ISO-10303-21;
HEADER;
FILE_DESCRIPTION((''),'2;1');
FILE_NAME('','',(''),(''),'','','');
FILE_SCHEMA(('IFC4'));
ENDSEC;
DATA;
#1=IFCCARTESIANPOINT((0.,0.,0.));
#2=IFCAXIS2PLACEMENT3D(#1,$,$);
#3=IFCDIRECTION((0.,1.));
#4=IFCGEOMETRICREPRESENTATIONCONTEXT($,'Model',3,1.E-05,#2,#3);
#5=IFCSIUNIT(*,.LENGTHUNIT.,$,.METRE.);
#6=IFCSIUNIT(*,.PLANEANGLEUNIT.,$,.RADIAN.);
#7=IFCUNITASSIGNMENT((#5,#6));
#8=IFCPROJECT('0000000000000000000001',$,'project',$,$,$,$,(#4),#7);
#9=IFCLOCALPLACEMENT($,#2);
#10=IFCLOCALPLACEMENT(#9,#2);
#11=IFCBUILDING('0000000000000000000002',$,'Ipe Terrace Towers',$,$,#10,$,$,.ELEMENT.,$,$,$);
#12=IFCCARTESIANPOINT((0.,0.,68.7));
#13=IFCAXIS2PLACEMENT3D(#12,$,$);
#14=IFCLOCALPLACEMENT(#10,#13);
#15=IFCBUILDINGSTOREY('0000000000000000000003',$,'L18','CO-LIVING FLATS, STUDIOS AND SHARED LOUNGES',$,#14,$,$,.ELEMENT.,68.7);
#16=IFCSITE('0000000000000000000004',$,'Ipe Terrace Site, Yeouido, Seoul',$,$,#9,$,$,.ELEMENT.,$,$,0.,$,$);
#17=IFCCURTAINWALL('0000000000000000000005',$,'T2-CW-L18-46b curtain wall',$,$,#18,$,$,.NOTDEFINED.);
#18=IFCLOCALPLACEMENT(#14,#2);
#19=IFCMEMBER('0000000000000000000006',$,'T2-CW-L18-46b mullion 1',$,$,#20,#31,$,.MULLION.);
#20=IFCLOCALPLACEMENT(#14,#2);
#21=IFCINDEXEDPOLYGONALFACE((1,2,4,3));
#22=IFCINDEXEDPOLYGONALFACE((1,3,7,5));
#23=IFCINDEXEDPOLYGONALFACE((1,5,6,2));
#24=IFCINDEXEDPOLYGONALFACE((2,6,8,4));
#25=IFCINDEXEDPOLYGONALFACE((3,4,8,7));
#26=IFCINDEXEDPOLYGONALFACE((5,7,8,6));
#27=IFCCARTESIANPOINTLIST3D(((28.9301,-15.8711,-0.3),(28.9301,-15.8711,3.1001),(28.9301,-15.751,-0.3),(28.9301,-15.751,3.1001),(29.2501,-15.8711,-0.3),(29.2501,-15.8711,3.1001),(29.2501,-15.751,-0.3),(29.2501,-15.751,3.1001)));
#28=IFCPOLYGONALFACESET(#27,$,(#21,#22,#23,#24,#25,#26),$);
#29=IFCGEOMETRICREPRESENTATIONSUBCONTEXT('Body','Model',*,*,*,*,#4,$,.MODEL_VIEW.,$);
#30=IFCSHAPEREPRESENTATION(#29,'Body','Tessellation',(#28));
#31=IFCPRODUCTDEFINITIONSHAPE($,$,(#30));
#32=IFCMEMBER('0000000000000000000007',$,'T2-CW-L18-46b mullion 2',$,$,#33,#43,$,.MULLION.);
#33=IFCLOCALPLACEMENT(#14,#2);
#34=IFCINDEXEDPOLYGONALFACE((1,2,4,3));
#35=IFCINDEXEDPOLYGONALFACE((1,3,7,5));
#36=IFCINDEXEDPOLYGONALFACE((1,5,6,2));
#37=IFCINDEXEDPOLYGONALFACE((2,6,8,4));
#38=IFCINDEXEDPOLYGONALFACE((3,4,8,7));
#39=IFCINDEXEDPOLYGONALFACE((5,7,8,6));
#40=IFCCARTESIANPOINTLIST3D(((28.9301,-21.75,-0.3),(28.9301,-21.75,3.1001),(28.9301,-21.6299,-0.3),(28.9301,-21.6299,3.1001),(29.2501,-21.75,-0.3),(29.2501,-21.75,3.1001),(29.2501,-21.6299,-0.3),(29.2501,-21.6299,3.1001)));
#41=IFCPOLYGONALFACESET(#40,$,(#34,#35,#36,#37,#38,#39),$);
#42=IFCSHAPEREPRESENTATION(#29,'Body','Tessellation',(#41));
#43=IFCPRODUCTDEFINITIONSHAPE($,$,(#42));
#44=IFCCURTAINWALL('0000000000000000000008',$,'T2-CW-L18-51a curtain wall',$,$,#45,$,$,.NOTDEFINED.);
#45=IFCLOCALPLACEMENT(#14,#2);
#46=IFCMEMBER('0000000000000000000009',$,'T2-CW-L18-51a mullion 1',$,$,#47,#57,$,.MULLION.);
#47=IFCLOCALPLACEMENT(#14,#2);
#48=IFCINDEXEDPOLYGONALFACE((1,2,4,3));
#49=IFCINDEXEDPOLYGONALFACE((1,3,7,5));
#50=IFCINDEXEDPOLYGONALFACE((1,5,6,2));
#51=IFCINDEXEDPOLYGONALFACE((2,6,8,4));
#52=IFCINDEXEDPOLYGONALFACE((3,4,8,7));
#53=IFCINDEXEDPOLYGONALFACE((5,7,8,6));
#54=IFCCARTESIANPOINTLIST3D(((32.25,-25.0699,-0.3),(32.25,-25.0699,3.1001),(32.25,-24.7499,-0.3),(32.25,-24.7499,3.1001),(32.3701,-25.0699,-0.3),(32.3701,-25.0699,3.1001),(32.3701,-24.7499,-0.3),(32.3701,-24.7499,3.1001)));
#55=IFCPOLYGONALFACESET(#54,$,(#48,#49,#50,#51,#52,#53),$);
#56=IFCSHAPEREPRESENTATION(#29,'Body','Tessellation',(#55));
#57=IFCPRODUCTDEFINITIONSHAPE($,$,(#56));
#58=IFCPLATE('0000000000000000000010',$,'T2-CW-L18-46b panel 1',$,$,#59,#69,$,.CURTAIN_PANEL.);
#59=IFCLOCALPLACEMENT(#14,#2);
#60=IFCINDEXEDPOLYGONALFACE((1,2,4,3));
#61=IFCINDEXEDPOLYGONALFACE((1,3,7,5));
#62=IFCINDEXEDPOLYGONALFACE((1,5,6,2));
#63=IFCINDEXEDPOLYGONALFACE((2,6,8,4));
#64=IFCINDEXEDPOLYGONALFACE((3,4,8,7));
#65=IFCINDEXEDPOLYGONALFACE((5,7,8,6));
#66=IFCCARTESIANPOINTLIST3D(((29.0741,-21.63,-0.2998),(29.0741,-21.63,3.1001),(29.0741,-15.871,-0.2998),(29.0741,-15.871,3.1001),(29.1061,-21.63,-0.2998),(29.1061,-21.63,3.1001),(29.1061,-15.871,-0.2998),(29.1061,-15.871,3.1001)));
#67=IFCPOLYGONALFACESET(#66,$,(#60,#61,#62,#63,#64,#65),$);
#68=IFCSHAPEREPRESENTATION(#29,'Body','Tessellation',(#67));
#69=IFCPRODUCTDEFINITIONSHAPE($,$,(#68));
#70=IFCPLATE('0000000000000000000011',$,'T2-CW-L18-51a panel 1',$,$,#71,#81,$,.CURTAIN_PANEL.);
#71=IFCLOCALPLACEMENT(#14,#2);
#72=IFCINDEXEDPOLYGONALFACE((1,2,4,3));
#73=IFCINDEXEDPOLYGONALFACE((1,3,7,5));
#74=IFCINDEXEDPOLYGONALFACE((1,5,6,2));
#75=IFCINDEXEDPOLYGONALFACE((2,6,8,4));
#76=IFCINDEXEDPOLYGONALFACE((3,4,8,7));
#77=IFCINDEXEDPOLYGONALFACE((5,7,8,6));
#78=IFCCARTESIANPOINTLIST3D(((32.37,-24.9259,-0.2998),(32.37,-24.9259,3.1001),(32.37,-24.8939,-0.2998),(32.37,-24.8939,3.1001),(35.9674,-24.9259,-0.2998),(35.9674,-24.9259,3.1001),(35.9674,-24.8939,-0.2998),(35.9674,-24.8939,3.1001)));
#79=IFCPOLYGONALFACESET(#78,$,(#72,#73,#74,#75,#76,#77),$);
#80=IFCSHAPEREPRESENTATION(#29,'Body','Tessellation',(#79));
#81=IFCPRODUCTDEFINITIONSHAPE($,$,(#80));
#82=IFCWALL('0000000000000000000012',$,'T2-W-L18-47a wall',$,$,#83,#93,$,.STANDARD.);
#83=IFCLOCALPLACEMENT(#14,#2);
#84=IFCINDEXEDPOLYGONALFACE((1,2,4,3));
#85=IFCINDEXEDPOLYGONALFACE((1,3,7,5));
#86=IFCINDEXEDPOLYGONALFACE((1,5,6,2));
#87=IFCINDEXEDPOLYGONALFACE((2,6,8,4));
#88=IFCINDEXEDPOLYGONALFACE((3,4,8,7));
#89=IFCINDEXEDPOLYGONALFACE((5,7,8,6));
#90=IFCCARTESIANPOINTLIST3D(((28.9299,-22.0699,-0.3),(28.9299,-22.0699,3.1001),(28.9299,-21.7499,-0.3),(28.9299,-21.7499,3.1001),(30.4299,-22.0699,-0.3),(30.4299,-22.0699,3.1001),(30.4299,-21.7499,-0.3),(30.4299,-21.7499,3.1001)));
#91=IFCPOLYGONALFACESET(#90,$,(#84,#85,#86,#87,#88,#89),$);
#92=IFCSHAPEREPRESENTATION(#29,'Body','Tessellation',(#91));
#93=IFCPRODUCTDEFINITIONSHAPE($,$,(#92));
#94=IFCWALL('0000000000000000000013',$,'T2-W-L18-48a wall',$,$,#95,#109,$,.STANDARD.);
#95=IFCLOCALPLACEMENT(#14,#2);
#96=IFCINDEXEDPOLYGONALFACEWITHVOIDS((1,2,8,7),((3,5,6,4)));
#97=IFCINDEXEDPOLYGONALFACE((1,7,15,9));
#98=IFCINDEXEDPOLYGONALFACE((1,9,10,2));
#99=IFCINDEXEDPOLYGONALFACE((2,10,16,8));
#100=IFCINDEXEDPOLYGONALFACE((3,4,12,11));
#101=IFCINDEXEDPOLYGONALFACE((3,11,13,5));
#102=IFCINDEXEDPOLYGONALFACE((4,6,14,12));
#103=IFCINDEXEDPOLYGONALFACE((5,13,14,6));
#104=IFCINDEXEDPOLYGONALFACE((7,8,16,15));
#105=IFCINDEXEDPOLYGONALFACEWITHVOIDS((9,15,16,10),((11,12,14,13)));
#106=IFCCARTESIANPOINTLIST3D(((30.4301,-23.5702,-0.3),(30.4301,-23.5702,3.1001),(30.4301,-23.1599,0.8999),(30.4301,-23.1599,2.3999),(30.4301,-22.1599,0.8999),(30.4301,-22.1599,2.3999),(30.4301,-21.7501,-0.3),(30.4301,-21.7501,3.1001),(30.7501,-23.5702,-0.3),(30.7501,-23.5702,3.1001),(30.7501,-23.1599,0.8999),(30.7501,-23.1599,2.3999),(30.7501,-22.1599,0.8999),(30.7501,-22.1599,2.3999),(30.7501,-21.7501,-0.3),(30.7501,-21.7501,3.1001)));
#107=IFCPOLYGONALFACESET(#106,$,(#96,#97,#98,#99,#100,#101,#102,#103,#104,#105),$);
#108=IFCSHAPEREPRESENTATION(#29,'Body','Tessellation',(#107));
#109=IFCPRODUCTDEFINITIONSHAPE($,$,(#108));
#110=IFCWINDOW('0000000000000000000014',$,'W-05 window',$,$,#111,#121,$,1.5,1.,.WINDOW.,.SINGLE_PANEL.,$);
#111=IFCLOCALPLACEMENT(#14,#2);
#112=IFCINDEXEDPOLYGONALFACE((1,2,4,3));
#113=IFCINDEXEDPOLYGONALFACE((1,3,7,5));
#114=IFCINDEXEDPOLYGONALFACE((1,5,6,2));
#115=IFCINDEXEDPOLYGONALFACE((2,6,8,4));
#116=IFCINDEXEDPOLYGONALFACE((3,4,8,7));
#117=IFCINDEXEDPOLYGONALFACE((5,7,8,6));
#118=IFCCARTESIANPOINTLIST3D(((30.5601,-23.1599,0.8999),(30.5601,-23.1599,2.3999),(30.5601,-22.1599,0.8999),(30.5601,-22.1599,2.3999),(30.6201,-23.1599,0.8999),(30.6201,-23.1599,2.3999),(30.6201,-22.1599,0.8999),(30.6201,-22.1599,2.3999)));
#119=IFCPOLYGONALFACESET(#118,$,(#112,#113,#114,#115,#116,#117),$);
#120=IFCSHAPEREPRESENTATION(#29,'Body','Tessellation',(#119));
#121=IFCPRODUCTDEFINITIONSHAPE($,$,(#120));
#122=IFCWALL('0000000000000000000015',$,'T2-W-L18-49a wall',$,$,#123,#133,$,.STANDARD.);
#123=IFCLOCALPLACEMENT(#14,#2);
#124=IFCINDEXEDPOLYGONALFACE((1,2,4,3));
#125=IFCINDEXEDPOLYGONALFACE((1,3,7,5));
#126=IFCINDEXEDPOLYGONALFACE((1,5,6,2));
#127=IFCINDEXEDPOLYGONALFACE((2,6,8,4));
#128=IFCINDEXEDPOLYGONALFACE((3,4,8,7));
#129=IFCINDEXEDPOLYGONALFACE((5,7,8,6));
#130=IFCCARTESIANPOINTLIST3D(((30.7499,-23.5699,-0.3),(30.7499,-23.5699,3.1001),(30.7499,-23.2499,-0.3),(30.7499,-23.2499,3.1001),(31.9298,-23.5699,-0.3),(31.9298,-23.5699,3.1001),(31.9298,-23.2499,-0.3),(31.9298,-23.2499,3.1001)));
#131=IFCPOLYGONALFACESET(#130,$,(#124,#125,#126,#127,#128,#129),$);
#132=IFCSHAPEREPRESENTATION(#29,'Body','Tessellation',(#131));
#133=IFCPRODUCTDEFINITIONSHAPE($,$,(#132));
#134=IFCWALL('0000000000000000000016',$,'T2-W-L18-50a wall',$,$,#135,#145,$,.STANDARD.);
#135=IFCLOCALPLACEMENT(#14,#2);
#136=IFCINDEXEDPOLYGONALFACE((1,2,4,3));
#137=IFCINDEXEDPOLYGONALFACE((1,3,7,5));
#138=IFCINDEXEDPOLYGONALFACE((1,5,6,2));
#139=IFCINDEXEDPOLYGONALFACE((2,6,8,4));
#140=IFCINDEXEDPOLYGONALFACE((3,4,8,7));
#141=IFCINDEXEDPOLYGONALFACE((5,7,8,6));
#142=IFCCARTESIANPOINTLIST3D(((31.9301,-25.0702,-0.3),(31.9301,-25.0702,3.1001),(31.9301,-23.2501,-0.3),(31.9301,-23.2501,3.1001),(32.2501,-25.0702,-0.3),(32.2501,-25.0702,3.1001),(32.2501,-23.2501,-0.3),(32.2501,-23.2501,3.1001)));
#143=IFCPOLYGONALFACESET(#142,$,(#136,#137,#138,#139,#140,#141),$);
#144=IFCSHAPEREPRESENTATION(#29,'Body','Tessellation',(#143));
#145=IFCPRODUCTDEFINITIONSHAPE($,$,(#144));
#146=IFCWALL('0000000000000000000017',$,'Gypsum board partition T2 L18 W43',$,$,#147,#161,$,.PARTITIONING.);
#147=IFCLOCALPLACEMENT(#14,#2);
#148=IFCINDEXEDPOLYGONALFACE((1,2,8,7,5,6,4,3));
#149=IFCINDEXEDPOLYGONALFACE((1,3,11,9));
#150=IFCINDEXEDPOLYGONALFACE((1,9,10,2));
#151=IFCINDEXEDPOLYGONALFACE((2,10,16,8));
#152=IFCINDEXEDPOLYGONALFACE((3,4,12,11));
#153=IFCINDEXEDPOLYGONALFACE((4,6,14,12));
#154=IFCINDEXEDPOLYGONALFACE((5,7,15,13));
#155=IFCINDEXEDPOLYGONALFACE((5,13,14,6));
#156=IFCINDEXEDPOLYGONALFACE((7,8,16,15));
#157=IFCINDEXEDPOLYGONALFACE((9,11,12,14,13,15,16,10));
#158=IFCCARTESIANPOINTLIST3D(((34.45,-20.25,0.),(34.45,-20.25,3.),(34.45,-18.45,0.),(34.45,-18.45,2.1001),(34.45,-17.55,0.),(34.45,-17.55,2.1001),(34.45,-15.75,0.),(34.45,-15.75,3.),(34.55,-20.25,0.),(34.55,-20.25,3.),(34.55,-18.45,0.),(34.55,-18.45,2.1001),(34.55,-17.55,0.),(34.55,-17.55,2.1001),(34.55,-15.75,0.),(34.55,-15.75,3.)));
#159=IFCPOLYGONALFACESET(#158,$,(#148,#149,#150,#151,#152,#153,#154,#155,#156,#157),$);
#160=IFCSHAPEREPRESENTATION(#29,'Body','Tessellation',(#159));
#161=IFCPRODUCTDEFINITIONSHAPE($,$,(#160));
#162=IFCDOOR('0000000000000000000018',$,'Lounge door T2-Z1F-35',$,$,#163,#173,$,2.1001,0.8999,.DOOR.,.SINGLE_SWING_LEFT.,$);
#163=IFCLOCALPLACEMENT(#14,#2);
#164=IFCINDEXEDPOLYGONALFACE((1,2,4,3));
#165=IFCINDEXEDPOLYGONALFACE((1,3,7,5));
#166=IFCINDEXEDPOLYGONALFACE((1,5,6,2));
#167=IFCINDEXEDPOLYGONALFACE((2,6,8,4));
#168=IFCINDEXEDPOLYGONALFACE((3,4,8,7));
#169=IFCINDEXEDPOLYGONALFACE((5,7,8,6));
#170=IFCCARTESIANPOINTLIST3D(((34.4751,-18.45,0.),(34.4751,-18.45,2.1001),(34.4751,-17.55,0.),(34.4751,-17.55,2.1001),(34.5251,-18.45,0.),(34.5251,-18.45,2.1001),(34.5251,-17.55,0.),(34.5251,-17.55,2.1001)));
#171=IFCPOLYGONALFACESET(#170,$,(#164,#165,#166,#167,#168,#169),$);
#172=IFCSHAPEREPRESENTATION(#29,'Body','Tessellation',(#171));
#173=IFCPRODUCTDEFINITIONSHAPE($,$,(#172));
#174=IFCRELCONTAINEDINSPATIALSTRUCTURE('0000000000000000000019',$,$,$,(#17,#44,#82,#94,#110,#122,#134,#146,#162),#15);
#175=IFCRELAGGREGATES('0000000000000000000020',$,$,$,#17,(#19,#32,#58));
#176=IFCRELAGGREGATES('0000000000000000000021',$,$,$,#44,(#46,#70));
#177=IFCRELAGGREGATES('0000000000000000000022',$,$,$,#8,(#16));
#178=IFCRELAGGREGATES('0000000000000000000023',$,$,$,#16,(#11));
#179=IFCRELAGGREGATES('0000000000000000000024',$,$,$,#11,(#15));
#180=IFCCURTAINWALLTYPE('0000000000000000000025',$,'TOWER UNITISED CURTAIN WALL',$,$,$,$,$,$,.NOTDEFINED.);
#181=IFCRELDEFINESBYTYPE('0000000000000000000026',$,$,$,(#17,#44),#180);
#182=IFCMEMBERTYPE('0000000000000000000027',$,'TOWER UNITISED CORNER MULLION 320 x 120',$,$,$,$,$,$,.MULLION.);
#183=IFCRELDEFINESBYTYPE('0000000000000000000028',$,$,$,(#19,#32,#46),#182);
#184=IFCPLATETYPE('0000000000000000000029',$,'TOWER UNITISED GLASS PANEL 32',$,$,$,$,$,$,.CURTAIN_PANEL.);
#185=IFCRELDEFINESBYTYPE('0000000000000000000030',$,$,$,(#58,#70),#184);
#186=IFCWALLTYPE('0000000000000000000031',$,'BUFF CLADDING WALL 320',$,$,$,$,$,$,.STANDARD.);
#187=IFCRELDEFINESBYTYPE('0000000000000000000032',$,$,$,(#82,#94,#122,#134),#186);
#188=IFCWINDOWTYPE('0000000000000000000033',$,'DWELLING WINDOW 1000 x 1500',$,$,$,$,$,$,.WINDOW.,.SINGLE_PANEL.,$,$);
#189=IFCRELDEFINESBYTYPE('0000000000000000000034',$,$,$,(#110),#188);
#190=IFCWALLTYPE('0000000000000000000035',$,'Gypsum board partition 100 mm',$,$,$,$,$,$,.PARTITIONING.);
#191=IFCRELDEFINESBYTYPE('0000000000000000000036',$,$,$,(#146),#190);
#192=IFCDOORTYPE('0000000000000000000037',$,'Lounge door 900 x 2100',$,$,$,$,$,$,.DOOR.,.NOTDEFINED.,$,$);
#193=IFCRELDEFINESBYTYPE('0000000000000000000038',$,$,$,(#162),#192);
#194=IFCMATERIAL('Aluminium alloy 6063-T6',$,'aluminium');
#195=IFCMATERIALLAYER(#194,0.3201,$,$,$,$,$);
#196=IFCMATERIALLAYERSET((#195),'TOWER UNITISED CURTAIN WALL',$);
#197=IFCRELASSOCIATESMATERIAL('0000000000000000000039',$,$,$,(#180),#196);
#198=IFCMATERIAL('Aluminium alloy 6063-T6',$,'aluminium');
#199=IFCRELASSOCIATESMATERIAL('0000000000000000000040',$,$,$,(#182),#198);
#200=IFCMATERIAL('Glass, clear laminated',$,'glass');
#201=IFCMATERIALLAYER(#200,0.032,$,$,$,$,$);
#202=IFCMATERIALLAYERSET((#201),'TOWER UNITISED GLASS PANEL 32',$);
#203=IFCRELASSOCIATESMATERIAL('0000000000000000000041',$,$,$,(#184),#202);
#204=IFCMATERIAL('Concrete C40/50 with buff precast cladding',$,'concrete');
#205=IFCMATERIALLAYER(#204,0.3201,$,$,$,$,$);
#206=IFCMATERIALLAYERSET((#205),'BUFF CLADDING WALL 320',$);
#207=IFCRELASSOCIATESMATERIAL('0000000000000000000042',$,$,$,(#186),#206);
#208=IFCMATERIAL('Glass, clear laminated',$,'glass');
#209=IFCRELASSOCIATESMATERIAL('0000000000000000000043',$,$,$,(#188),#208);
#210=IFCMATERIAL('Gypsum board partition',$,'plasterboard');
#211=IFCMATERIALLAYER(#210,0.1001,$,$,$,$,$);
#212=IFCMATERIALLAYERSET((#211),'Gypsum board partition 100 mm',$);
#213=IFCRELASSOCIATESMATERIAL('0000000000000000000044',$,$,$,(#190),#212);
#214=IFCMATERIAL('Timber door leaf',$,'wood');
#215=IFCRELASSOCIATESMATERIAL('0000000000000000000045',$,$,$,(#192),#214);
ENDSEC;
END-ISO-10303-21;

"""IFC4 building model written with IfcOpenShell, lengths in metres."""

from ifc_helpers import new_model, si_unit, direction, frame, frame_2d, origin, origin_2d, place, context, subcontext, project, spatial, rectangle, extrude, material, layer, layer_set, material_profile, profile_set, type_object, element, fill, aggregate, save


model = new_model("IFC4")

# Units and contexts
model_context = context("Model", 3, precision=1e-05, world=origin(), true_north=direction((0.0, 1.0)))
body_context = subcontext(model_context, "Body", "Model", "MODEL_VIEW")
ifc_project = project(units=[si_unit("LENGTHUNIT", "METRE"), si_unit("PLANEANGLEUNIT", "RADIAN")], contexts=[model_context])

# Site, building, storey
site_placement = place(None, origin())
site = spatial("IfcSite", under=ifc_project, at=site_placement, Name="Ipe Terrace Site, Yeouido, Seoul", CompositionType="ELEMENT", RefElevation=0.0)
building_placement = place(site_placement, origin())
building = spatial("IfcBuilding", under=site, at=building_placement, Name="Ipe Terrace Towers", CompositionType="ELEMENT")
storey_placement = place(building_placement, frame((0.0, 0.0, 68.7)))
storey = spatial("IfcBuildingStorey", under=building, at=storey_placement, Name="L18", Description="CO-LIVING FLATS, STUDIOS AND SHARED LOUNGES", CompositionType="ELEMENT", Elevation=68.7)

# Curtain wall, members
ifc_material_1 = material(Name="Aluminium alloy 6063-T6", Category="aluminium")
ifc_layer_1 = layer(ifc_material_1, 0.3201)
ifc_layer_set_1 = layer_set([ifc_layer_1], Name="TOWER UNITISED CURTAIN WALL")
curtain_wall_type = type_object("IfcCurtainWallType", Name="TOWER UNITISED CURTAIN WALL", PredefinedType="NOTDEFINED", material=ifc_layer_set_1)
curtain_wall_1_placement = place(storey_placement, origin())
curtain_wall_1 = element("IfcCurtainWall", 1, at=curtain_wall_1_placement, inside=storey, type_object=curtain_wall_type, Name="T2-CW-L18-46b curtain wall", PredefinedType="NOTDEFINED")
ifc_material_2 = material(Name="Aluminium alloy 6063-T6", Category="aluminium")
ifc_material_profile_1 = material_profile(ifc_material_2, rectangle(XDim=0.3201, YDim=0.1201, at=origin_2d()), Name="TOWER UNITISED CORNER MULLION 320 x 120")
ifc_profile_set_1 = profile_set([ifc_material_profile_1], Name="Aluminium alloy 6063-T6")
member_type = type_object("IfcMemberType", Name="TOWER UNITISED CORNER MULLION 320 x 120", PredefinedType="MULLION", material=ifc_profile_set_1)
member_1_placement = place(storey_placement, frame((29.0901, -15.811, -0.3), z_axis=(0.0, 0.0, 1.0), x_axis=(-1.0, 0.0, 0.0)))
member_1 = element("IfcMember", 2, at=member_1_placement, type_object=member_type, Name="T2-CW-L18-46b mullion 1", PredefinedType="MULLION", context=body_context, shape_type="SweptSolid", body=[
    extrude(rectangle(XDim=0.3201, YDim=0.1201, at=origin_2d()), origin(), (0.0, 0.0, 1.0), 3.4001),
])
member_2_placement = place(storey_placement, frame((29.0901, -21.6899, -0.3), z_axis=(0.0, 0.0, 1.0), x_axis=(-1.0, 0.0, 0.0)))
member_2 = element("IfcMember", 3, at=member_2_placement, type_object=member_type, Name="T2-CW-L18-46b mullion 2", PredefinedType="MULLION", context=body_context, shape_type="SweptSolid", body=[
    extrude(rectangle(XDim=0.3201, YDim=0.1201, at=origin_2d()), origin(), (0.0, 0.0, 1.0), 3.4001),
])

# Curtain wall, member
curtain_wall_2_placement = place(storey_placement, origin())
curtain_wall_2 = element("IfcCurtainWall", 4, at=curtain_wall_2_placement, inside=storey, type_object=curtain_wall_type, Name="T2-CW-L18-51a curtain wall", PredefinedType="NOTDEFINED")
member_3_placement = place(storey_placement, frame((32.3101, -24.9099, -0.3), z_axis=(0.0, 0.0, 1.0), x_axis=(0.0, -1.0, 0.0)))
member_3 = element("IfcMember", 5, at=member_3_placement, type_object=member_type, Name="T2-CW-L18-51a mullion 1", PredefinedType="MULLION", context=body_context, shape_type="SweptSolid", body=[
    extrude(rectangle(XDim=0.3201, YDim=0.1201, at=origin_2d()), origin(), (0.0, 0.0, 1.0), 3.4001),
])

# Plates
ifc_material_3 = material(Name="Glass, clear laminated", Category="glass")
ifc_layer_2 = layer(ifc_material_3, 0.032)
ifc_layer_set_2 = layer_set([ifc_layer_2], Name="TOWER UNITISED GLASS PANEL 32")
plate_type = type_object("IfcPlateType", Name="TOWER UNITISED GLASS PANEL 32", PredefinedType="CURTAIN_PANEL", material=ifc_layer_set_2)
plate_1_placement = place(storey_placement, frame((29.0901, -18.7505, -0.2998), z_axis=(0.0, 0.0, 1.0), x_axis=(0.0, -1.0, 0.0)))
plate_1 = element("IfcPlate", 6, at=plate_1_placement, type_object=plate_type, Name="T2-CW-L18-46b panel 1", PredefinedType="CURTAIN_PANEL", context=body_context, shape_type="SweptSolid", body=[
    extrude(rectangle(XDim=5.759, YDim=0.032, at=origin_2d()), origin(), (0.0, 0.0, 1.0), 3.3999),
])
aggregate(curtain_wall_1, [member_1, member_2, plate_1])
plate_2_placement = place(storey_placement, frame((34.1687, -24.9099, -0.2998), z_axis=(0.0, 0.0, 1.0), x_axis=(1.0, 0.0, 0.0)))
plate_2 = element("IfcPlate", 7, at=plate_2_placement, type_object=plate_type, Name="T2-CW-L18-51a panel 1", PredefinedType="CURTAIN_PANEL", context=body_context, shape_type="SweptSolid", body=[
    extrude(rectangle(XDim=3.5974, YDim=0.032, at=origin_2d()), origin(), (0.0, 0.0, 1.0), 3.3999),
])
aggregate(curtain_wall_2, [member_3, plate_2])

# Wall
ifc_material_4 = material(Name="Concrete C40/50 with buff precast cladding", Category="concrete")
ifc_layer_3 = layer(ifc_material_4, 0.3201)
ifc_layer_set_3 = layer_set([ifc_layer_3], Name="BUFF CLADDING WALL 320")
wall_type_1 = type_object("IfcWallType", Name="BUFF CLADDING WALL 320", PredefinedType="STANDARD", material=ifc_layer_set_3)
wall_1_placement = place(storey_placement, frame((28.9299, -21.9099, -0.3), z_axis=(0.0, 0.0, 1.0), x_axis=(1.0, 0.0, 0.0)))
element("IfcWall", 8, at=wall_1_placement, inside=storey, type_object=wall_type_1, Name="T2-W-L18-47a wall", PredefinedType="STANDARD", context=body_context, shape_type="SweptSolid", body=[
    extrude(rectangle(XDim=1.5, YDim=0.3201, at=frame_2d((0.75, 0.0))), origin(), (0.0, 0.0, 1.0), 3.4001),
])

# Wall, opening, window
wall_2_placement = place(storey_placement, frame((30.5901, -21.75, -0.3), z_axis=(0.0, 0.0, 1.0), x_axis=(0.0, -1.0, 0.0)))
wall_2 = element("IfcWall", 9, at=wall_2_placement, inside=storey, type_object=wall_type_1, Name="T2-W-L18-48a wall", PredefinedType="STANDARD", context=body_context, shape_type="SweptSolid", body=[
    extrude(rectangle(XDim=1.8201, YDim=0.3201, at=frame_2d((0.9102, 0.0))), origin(), (0.0, 0.0, 1.0), 3.4001),
])
opening_1_placement = place(wall_2_placement, frame((0.4099, 0.0, 1.2)))
opening_1 = element("IfcOpeningElement", 10, at=opening_1_placement, cuts=wall_2, PredefinedType="OPENING", context=body_context, shape_type="SweptSolid", body=[
    extrude(rectangle(XDim=1.0, YDim=1.5, at=frame_2d((0.5, 0.75))), frame((0.0, 0.1699, 0.0), z_axis=(0.0, -1.0, 0.0), x_axis=(1.0, 0.0, 0.0)), (0.0, 0.0, 1.0), 0.3401),
])
ifc_material_5 = material(Name="Glass, clear laminated", Category="glass")
window_type = type_object("IfcWindowType", Name="DWELLING WINDOW 1000 x 1500", PartitioningType="SINGLE_PANEL", PredefinedType="WINDOW", material=ifc_material_5)
window_placement = place(opening_1_placement, origin())
window = element("IfcWindow", 11, at=window_placement, inside=storey, type_object=window_type, Name="W-05 window", OverallHeight=1.5, OverallWidth=1.0, PartitioningType="SINGLE_PANEL", PredefinedType="WINDOW", context=body_context, shape_type="SweptSolid", body=[
    extrude(rectangle(XDim=1.0, YDim=1.5, at=frame_2d((0.5, 0.75))), frame((0.0, 0.03, 0.0), z_axis=(0.0, -1.0, 0.0), x_axis=(1.0, 0.0, 0.0)), (0.0, 0.0, 1.0), 0.0601),
])
fill(opening_1, window)

# Walls
wall_3_placement = place(storey_placement, frame((30.75, -23.4099, -0.3), z_axis=(0.0, 0.0, 1.0), x_axis=(1.0, 0.0, 0.0)))
element("IfcWall", 12, at=wall_3_placement, inside=storey, type_object=wall_type_1, Name="T2-W-L18-49a wall", PredefinedType="STANDARD", context=body_context, shape_type="SweptSolid", body=[
    extrude(rectangle(XDim=1.1799, YDim=0.3201, at=frame_2d((0.5898, 0.0))), origin(), (0.0, 0.0, 1.0), 3.4001),
])
wall_4_placement = place(storey_placement, frame((32.0901, -23.25, -0.3), z_axis=(0.0, 0.0, 1.0), x_axis=(0.0, -1.0, 0.0)))
element("IfcWall", 13, at=wall_4_placement, inside=storey, type_object=wall_type_1, Name="T2-W-L18-50a wall", PredefinedType="STANDARD", context=body_context, shape_type="SweptSolid", body=[
    extrude(rectangle(XDim=1.8201, YDim=0.3201, at=frame_2d((0.9102, 0.0))), origin(), (0.0, 0.0, 1.0), 3.4001),
])

# Wall, opening, door
ifc_material_6 = material(Name="Gypsum board partition", Category="plasterboard")
ifc_layer_4 = layer(ifc_material_6, 0.1001)
ifc_layer_set_4 = layer_set([ifc_layer_4], Name="Gypsum board partition 100 mm")
wall_type_2 = type_object("IfcWallType", Name="Gypsum board partition 100 mm", PredefinedType="PARTITIONING", material=ifc_layer_set_4)
wall_5_placement = place(storey_placement, frame((34.5, -20.25, 0.0), z_axis=(0.0, 0.0, 1.0), x_axis=(0.0, 1.0, 0.0)))
wall_5 = element("IfcWall", 14, at=wall_5_placement, inside=storey, type_object=wall_type_2, Name="Gypsum board partition T2 L18 W43", PredefinedType="PARTITIONING", context=body_context, shape_type="SweptSolid", body=[
    extrude(rectangle(XDim=4.5, YDim=0.1001, at=frame_2d((2.25, 0.0))), origin(), (0.0, 0.0, 1.0), 3.0),
])
opening_2_placement = place(wall_5_placement, frame((1.8, 0.0, 0.0)))
opening_2 = element("IfcOpeningElement", 15, at=opening_2_placement, cuts=wall_5, PredefinedType="OPENING", context=body_context, shape_type="SweptSolid", body=[
    extrude(rectangle(XDim=0.8999, YDim=2.1001, at=frame_2d((0.45, 1.05))), frame((0.0, 0.0601, 0.0), z_axis=(0.0, -1.0, 0.0), x_axis=(1.0, 0.0, 0.0)), (0.0, 0.0, 1.0), 0.1201),
])
ifc_material_7 = material(Name="Timber door leaf", Category="wood")
door_type_1 = type_object("IfcDoorType", Name="Lounge door 900 x 2100", OperationType="NOTDEFINED", PredefinedType="DOOR", material=ifc_material_7)
door_1_placement = place(opening_2_placement, origin())
door_1 = element("IfcDoor", 16, at=door_1_placement, inside=storey, type_object=door_type_1, Name="Lounge door T2-Z1F-35", OperationType="SINGLE_SWING_LEFT", OverallHeight=2.1001, OverallWidth=0.8999, PredefinedType="DOOR", context=body_context, shape_type="SweptSolid", body=[
    extrude(rectangle(XDim=0.8999, YDim=2.1001, at=frame_2d((0.45, 1.05))), frame((0.0, 0.0249, 0.0), z_axis=(0.0, -1.0, 0.0), x_axis=(1.0, 0.0, 0.0)), (0.0, 0.0, 1.0), 0.05),
])
fill(opening_2, door_1)

save(model, "model.ifc")
